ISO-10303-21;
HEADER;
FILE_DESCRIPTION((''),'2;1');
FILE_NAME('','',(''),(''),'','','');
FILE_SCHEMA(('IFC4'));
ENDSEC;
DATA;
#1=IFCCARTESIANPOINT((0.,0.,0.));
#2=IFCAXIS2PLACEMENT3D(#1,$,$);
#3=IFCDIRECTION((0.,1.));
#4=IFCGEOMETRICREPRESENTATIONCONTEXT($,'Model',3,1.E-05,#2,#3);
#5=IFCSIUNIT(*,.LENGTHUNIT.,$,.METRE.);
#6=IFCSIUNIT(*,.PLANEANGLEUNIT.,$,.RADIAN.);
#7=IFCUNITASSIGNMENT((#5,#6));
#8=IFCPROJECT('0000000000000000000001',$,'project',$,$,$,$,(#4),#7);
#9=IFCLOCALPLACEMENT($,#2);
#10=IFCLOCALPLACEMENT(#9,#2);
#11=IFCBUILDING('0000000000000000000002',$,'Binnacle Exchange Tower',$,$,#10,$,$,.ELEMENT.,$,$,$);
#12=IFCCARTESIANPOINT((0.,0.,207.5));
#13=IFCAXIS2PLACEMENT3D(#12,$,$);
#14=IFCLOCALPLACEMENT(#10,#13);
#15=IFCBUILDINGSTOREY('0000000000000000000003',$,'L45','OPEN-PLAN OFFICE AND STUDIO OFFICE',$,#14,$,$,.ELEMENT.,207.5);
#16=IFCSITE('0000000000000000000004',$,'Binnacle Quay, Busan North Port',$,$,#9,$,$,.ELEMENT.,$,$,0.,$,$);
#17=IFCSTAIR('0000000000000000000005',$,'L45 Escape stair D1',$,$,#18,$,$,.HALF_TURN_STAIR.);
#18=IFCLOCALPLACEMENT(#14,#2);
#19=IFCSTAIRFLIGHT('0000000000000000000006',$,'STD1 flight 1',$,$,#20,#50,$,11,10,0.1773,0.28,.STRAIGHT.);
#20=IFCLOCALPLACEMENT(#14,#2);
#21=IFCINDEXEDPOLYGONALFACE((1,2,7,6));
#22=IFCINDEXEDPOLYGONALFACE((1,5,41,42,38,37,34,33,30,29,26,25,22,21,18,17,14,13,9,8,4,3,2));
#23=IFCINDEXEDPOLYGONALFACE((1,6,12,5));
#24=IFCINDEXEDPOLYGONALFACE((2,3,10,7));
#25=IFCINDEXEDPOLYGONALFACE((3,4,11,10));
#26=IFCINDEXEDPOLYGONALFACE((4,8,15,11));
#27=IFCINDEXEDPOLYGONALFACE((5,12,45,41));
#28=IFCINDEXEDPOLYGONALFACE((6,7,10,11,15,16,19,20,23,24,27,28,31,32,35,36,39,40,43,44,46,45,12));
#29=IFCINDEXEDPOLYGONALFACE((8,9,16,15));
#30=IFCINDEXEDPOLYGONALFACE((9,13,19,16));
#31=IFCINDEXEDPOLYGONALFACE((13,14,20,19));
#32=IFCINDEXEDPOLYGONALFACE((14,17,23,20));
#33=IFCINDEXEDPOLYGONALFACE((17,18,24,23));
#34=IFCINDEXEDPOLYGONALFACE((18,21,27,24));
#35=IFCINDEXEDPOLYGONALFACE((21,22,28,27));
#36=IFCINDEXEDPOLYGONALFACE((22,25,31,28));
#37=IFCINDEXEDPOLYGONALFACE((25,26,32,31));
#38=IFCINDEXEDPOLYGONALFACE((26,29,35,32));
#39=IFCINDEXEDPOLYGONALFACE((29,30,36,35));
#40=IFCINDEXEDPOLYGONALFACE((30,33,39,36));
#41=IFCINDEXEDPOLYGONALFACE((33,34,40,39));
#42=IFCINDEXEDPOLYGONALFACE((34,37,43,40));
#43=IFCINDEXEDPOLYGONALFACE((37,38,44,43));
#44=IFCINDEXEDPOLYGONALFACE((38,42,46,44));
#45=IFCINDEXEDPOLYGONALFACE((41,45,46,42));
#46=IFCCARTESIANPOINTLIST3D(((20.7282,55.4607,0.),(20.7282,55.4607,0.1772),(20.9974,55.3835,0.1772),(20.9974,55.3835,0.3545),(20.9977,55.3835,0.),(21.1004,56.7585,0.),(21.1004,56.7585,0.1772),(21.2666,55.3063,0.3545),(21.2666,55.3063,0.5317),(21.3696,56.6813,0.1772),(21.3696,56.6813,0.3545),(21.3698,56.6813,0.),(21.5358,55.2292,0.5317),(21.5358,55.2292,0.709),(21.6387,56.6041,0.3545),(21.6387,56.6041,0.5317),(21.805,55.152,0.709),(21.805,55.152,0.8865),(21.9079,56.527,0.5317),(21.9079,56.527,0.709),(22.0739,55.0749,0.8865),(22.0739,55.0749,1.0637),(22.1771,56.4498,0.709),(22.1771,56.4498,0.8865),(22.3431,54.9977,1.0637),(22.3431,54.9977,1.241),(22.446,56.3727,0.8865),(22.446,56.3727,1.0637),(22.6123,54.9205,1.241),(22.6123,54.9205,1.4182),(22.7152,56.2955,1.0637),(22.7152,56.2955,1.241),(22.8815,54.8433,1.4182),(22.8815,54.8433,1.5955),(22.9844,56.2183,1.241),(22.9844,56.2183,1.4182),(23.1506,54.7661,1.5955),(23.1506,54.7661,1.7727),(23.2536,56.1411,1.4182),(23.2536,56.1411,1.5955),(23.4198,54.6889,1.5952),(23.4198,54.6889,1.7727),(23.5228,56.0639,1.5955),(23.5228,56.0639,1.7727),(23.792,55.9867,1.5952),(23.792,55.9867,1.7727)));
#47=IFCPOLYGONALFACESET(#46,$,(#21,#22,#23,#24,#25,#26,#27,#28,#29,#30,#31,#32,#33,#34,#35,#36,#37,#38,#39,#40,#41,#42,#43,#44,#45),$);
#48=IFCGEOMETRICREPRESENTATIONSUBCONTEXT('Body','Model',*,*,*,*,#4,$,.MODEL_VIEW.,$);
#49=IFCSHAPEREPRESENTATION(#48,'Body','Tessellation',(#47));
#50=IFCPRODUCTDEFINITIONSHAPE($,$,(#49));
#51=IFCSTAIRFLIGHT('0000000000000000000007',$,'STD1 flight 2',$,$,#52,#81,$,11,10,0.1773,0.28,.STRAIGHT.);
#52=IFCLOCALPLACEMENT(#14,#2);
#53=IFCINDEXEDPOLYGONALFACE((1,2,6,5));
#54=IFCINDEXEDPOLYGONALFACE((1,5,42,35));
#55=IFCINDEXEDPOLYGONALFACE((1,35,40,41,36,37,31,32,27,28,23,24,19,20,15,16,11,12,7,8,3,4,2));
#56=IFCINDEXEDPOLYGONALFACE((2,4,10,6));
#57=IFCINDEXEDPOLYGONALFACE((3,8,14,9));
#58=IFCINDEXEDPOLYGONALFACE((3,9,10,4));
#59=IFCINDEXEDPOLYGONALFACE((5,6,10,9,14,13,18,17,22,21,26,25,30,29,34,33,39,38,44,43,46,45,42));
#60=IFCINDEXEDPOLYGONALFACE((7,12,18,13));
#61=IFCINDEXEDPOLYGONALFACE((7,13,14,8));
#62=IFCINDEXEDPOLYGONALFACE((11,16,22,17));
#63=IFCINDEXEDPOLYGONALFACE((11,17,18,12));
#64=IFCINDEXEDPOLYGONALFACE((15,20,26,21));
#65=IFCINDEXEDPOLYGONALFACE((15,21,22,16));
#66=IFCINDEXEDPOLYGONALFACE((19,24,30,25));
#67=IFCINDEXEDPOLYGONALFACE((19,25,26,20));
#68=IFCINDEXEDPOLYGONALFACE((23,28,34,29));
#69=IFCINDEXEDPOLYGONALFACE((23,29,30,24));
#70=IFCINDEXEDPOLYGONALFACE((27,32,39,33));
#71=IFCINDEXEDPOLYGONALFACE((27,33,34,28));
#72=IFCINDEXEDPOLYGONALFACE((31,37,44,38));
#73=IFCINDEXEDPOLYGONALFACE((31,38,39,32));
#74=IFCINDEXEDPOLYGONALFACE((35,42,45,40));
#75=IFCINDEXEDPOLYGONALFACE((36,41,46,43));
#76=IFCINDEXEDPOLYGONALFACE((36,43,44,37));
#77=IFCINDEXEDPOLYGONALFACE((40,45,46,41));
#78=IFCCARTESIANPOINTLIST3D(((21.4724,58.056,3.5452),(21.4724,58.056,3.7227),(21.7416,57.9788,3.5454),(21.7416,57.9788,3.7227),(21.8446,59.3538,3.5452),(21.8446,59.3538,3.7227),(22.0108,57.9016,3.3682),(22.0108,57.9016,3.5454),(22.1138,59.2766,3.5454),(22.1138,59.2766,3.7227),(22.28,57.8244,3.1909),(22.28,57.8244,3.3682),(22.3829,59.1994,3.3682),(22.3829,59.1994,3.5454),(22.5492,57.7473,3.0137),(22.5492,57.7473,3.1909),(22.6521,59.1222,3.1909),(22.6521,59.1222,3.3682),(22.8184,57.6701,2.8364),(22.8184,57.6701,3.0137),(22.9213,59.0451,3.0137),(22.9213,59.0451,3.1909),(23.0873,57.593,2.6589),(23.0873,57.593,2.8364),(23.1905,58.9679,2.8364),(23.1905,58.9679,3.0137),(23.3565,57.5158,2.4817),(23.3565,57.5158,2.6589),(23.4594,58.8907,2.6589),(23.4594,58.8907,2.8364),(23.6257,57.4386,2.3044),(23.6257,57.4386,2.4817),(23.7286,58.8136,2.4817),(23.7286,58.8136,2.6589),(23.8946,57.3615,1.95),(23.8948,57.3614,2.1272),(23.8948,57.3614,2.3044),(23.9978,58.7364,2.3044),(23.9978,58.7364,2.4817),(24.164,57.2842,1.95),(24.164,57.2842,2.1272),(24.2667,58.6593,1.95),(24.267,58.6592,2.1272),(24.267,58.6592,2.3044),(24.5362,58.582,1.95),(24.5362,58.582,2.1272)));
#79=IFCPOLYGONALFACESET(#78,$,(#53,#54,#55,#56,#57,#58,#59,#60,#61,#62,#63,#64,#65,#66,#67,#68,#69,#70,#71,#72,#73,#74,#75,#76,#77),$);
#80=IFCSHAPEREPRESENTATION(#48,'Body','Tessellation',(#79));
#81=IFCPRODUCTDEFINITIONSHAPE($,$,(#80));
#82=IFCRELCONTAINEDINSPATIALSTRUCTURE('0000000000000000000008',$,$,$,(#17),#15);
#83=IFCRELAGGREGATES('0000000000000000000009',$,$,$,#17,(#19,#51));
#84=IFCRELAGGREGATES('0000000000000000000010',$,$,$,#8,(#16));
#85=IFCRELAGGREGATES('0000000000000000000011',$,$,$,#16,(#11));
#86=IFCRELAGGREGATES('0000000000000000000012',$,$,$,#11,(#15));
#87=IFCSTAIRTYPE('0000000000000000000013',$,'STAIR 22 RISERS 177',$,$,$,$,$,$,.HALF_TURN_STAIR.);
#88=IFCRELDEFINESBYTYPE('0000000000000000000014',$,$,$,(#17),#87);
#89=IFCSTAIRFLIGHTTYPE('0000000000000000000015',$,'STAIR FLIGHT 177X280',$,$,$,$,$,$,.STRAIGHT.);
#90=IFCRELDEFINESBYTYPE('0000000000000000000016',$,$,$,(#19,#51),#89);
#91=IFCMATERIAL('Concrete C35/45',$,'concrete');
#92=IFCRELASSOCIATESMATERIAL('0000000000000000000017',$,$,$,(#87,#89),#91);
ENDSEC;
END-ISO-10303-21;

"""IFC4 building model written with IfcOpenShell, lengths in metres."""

from ifc_helpers import new_model, si_unit, direction, frame, origin, place, context, subcontext, project, spatial, polyline, outline, extrude, material, type_object, element, aggregate, save


model = new_model("IFC4")

# Units and contexts
model_context = context("Model", 3, precision=1e-05, world=origin(), true_north=direction((0.0, 1.0)))
body_context = subcontext(model_context, "Body", "Model", "MODEL_VIEW")
ifc_project = project(units=[si_unit("LENGTHUNIT", "METRE"), si_unit("PLANEANGLEUNIT", "RADIAN")], contexts=[model_context])

# Site, building, storey
site_placement = place(None, origin())
site = spatial("IfcSite", under=ifc_project, at=site_placement, Name="Binnacle Quay, Busan North Port", CompositionType="ELEMENT", RefElevation=0.0)
building_placement = place(site_placement, origin())
building = spatial("IfcBuilding", under=site, at=building_placement, Name="Binnacle Exchange Tower", CompositionType="ELEMENT")
storey_placement = place(building_placement, frame((0.0, 0.0, 207.5)))
storey = spatial("IfcBuildingStorey", under=building, at=storey_placement, Name="L45", Description="OPEN-PLAN OFFICE AND STUDIO OFFICE", CompositionType="ELEMENT", Elevation=207.5)

# Stair, stair flights
ifc_material_1 = material(Name="Concrete C35/45", Category="concrete")
stair_type = type_object("IfcStairType", Name="STAIR 22 RISERS 177", PredefinedType="HALF_TURN_STAIR", material=ifc_material_1)
stair_placement = place(storey_placement, origin())
stair = element("IfcStair", 1, at=stair_placement, inside=storey, type_object=stair_type, Name="L45 Escape stair D1", PredefinedType="HALF_TURN_STAIR")
stair_flight_type = type_object("IfcStairFlightType", Name="STAIR FLIGHT 177X280", PredefinedType="STRAIGHT", material=ifc_material_1)
stair_flight_1_placement = place(storey_placement, frame((20.9143, 56.1096, 0.0), z_axis=(0.0, 0.0, 1.0), x_axis=(0.961262, -0.275637, 0.0)))
stair_flight_1 = element("IfcStairFlight", 2, at=stair_flight_1_placement, type_object=stair_flight_type, Name="STD1 flight 1", NumberOfRisers=11, NumberOfTreads=10, PredefinedType="STRAIGHT", RiserHeight=0.1773, TreadLength=0.28, context=body_context, shape_type="SweptSolid", body=[
    extrude(outline(polyline([(0.0, 0.0), (0.0, 0.1772), (0.28, 0.1772), (0.28, 0.3545), (0.5601, 0.3545), (0.5601, 0.5317), (0.8401, 0.5317), (0.8401, 0.709), (1.1201, 0.709), (1.1201, 0.8865), (1.3999, 0.8865), (1.3999, 1.0637), (1.6799, 1.0637), (1.6799, 1.241), (1.96, 1.241), (1.96, 1.4182), (2.24, 1.4182), (2.24, 1.5955), (2.52, 1.5955), (2.52, 1.7727), (2.8, 1.7727), (2.8, 1.95), (2.8, 1.5952), (0.2803, 0.0), (0.0, 0.0)])), frame((0.0, 0.675, 0.0), z_axis=(0.0, -1.0, 0.0), x_axis=(1.0, 0.0, 0.0)), (0.0, 0.0, 1.0), 1.3501),
])
stair_flight_2_placement = place(storey_placement, frame((24.3501, 57.9331, 1.95), z_axis=(0.0, 0.0, 1.0), x_axis=(-0.961262, 0.275637, 0.0)))
stair_flight_2 = element("IfcStairFlight", 3, at=stair_flight_2_placement, type_object=stair_flight_type, Name="STD1 flight 2", NumberOfRisers=11, NumberOfTreads=10, PredefinedType="STRAIGHT", RiserHeight=0.1773, TreadLength=0.28, context=body_context, shape_type="SweptSolid", body=[
    extrude(outline(polyline([(0.0, 0.0), (0.0, 0.1772), (0.28, 0.1772), (0.28, 0.3545), (0.5601, 0.3545), (0.5601, 0.5317), (0.8401, 0.5317), (0.8401, 0.709), (1.1201, 0.709), (1.1201, 0.8865), (1.3999, 0.8865), (1.3999, 1.0637), (1.6799, 1.0637), (1.6799, 1.241), (1.96, 1.241), (1.96, 1.4182), (2.24, 1.4182), (2.24, 1.5955), (2.52, 1.5955), (2.52, 1.7727), (2.8, 1.7727), (2.8, 1.95), (2.8, 1.5952), (0.2803, 0.0), (0.0, 0.0)])), frame((0.0, 0.675, 0.0), z_axis=(0.0, -1.0, 0.0), x_axis=(1.0, 0.0, 0.0)), (0.0, 0.0, 1.0), 1.3501),
])
aggregate(stair, [stair_flight_1, stair_flight_2])

save(model, "model.ifc")
